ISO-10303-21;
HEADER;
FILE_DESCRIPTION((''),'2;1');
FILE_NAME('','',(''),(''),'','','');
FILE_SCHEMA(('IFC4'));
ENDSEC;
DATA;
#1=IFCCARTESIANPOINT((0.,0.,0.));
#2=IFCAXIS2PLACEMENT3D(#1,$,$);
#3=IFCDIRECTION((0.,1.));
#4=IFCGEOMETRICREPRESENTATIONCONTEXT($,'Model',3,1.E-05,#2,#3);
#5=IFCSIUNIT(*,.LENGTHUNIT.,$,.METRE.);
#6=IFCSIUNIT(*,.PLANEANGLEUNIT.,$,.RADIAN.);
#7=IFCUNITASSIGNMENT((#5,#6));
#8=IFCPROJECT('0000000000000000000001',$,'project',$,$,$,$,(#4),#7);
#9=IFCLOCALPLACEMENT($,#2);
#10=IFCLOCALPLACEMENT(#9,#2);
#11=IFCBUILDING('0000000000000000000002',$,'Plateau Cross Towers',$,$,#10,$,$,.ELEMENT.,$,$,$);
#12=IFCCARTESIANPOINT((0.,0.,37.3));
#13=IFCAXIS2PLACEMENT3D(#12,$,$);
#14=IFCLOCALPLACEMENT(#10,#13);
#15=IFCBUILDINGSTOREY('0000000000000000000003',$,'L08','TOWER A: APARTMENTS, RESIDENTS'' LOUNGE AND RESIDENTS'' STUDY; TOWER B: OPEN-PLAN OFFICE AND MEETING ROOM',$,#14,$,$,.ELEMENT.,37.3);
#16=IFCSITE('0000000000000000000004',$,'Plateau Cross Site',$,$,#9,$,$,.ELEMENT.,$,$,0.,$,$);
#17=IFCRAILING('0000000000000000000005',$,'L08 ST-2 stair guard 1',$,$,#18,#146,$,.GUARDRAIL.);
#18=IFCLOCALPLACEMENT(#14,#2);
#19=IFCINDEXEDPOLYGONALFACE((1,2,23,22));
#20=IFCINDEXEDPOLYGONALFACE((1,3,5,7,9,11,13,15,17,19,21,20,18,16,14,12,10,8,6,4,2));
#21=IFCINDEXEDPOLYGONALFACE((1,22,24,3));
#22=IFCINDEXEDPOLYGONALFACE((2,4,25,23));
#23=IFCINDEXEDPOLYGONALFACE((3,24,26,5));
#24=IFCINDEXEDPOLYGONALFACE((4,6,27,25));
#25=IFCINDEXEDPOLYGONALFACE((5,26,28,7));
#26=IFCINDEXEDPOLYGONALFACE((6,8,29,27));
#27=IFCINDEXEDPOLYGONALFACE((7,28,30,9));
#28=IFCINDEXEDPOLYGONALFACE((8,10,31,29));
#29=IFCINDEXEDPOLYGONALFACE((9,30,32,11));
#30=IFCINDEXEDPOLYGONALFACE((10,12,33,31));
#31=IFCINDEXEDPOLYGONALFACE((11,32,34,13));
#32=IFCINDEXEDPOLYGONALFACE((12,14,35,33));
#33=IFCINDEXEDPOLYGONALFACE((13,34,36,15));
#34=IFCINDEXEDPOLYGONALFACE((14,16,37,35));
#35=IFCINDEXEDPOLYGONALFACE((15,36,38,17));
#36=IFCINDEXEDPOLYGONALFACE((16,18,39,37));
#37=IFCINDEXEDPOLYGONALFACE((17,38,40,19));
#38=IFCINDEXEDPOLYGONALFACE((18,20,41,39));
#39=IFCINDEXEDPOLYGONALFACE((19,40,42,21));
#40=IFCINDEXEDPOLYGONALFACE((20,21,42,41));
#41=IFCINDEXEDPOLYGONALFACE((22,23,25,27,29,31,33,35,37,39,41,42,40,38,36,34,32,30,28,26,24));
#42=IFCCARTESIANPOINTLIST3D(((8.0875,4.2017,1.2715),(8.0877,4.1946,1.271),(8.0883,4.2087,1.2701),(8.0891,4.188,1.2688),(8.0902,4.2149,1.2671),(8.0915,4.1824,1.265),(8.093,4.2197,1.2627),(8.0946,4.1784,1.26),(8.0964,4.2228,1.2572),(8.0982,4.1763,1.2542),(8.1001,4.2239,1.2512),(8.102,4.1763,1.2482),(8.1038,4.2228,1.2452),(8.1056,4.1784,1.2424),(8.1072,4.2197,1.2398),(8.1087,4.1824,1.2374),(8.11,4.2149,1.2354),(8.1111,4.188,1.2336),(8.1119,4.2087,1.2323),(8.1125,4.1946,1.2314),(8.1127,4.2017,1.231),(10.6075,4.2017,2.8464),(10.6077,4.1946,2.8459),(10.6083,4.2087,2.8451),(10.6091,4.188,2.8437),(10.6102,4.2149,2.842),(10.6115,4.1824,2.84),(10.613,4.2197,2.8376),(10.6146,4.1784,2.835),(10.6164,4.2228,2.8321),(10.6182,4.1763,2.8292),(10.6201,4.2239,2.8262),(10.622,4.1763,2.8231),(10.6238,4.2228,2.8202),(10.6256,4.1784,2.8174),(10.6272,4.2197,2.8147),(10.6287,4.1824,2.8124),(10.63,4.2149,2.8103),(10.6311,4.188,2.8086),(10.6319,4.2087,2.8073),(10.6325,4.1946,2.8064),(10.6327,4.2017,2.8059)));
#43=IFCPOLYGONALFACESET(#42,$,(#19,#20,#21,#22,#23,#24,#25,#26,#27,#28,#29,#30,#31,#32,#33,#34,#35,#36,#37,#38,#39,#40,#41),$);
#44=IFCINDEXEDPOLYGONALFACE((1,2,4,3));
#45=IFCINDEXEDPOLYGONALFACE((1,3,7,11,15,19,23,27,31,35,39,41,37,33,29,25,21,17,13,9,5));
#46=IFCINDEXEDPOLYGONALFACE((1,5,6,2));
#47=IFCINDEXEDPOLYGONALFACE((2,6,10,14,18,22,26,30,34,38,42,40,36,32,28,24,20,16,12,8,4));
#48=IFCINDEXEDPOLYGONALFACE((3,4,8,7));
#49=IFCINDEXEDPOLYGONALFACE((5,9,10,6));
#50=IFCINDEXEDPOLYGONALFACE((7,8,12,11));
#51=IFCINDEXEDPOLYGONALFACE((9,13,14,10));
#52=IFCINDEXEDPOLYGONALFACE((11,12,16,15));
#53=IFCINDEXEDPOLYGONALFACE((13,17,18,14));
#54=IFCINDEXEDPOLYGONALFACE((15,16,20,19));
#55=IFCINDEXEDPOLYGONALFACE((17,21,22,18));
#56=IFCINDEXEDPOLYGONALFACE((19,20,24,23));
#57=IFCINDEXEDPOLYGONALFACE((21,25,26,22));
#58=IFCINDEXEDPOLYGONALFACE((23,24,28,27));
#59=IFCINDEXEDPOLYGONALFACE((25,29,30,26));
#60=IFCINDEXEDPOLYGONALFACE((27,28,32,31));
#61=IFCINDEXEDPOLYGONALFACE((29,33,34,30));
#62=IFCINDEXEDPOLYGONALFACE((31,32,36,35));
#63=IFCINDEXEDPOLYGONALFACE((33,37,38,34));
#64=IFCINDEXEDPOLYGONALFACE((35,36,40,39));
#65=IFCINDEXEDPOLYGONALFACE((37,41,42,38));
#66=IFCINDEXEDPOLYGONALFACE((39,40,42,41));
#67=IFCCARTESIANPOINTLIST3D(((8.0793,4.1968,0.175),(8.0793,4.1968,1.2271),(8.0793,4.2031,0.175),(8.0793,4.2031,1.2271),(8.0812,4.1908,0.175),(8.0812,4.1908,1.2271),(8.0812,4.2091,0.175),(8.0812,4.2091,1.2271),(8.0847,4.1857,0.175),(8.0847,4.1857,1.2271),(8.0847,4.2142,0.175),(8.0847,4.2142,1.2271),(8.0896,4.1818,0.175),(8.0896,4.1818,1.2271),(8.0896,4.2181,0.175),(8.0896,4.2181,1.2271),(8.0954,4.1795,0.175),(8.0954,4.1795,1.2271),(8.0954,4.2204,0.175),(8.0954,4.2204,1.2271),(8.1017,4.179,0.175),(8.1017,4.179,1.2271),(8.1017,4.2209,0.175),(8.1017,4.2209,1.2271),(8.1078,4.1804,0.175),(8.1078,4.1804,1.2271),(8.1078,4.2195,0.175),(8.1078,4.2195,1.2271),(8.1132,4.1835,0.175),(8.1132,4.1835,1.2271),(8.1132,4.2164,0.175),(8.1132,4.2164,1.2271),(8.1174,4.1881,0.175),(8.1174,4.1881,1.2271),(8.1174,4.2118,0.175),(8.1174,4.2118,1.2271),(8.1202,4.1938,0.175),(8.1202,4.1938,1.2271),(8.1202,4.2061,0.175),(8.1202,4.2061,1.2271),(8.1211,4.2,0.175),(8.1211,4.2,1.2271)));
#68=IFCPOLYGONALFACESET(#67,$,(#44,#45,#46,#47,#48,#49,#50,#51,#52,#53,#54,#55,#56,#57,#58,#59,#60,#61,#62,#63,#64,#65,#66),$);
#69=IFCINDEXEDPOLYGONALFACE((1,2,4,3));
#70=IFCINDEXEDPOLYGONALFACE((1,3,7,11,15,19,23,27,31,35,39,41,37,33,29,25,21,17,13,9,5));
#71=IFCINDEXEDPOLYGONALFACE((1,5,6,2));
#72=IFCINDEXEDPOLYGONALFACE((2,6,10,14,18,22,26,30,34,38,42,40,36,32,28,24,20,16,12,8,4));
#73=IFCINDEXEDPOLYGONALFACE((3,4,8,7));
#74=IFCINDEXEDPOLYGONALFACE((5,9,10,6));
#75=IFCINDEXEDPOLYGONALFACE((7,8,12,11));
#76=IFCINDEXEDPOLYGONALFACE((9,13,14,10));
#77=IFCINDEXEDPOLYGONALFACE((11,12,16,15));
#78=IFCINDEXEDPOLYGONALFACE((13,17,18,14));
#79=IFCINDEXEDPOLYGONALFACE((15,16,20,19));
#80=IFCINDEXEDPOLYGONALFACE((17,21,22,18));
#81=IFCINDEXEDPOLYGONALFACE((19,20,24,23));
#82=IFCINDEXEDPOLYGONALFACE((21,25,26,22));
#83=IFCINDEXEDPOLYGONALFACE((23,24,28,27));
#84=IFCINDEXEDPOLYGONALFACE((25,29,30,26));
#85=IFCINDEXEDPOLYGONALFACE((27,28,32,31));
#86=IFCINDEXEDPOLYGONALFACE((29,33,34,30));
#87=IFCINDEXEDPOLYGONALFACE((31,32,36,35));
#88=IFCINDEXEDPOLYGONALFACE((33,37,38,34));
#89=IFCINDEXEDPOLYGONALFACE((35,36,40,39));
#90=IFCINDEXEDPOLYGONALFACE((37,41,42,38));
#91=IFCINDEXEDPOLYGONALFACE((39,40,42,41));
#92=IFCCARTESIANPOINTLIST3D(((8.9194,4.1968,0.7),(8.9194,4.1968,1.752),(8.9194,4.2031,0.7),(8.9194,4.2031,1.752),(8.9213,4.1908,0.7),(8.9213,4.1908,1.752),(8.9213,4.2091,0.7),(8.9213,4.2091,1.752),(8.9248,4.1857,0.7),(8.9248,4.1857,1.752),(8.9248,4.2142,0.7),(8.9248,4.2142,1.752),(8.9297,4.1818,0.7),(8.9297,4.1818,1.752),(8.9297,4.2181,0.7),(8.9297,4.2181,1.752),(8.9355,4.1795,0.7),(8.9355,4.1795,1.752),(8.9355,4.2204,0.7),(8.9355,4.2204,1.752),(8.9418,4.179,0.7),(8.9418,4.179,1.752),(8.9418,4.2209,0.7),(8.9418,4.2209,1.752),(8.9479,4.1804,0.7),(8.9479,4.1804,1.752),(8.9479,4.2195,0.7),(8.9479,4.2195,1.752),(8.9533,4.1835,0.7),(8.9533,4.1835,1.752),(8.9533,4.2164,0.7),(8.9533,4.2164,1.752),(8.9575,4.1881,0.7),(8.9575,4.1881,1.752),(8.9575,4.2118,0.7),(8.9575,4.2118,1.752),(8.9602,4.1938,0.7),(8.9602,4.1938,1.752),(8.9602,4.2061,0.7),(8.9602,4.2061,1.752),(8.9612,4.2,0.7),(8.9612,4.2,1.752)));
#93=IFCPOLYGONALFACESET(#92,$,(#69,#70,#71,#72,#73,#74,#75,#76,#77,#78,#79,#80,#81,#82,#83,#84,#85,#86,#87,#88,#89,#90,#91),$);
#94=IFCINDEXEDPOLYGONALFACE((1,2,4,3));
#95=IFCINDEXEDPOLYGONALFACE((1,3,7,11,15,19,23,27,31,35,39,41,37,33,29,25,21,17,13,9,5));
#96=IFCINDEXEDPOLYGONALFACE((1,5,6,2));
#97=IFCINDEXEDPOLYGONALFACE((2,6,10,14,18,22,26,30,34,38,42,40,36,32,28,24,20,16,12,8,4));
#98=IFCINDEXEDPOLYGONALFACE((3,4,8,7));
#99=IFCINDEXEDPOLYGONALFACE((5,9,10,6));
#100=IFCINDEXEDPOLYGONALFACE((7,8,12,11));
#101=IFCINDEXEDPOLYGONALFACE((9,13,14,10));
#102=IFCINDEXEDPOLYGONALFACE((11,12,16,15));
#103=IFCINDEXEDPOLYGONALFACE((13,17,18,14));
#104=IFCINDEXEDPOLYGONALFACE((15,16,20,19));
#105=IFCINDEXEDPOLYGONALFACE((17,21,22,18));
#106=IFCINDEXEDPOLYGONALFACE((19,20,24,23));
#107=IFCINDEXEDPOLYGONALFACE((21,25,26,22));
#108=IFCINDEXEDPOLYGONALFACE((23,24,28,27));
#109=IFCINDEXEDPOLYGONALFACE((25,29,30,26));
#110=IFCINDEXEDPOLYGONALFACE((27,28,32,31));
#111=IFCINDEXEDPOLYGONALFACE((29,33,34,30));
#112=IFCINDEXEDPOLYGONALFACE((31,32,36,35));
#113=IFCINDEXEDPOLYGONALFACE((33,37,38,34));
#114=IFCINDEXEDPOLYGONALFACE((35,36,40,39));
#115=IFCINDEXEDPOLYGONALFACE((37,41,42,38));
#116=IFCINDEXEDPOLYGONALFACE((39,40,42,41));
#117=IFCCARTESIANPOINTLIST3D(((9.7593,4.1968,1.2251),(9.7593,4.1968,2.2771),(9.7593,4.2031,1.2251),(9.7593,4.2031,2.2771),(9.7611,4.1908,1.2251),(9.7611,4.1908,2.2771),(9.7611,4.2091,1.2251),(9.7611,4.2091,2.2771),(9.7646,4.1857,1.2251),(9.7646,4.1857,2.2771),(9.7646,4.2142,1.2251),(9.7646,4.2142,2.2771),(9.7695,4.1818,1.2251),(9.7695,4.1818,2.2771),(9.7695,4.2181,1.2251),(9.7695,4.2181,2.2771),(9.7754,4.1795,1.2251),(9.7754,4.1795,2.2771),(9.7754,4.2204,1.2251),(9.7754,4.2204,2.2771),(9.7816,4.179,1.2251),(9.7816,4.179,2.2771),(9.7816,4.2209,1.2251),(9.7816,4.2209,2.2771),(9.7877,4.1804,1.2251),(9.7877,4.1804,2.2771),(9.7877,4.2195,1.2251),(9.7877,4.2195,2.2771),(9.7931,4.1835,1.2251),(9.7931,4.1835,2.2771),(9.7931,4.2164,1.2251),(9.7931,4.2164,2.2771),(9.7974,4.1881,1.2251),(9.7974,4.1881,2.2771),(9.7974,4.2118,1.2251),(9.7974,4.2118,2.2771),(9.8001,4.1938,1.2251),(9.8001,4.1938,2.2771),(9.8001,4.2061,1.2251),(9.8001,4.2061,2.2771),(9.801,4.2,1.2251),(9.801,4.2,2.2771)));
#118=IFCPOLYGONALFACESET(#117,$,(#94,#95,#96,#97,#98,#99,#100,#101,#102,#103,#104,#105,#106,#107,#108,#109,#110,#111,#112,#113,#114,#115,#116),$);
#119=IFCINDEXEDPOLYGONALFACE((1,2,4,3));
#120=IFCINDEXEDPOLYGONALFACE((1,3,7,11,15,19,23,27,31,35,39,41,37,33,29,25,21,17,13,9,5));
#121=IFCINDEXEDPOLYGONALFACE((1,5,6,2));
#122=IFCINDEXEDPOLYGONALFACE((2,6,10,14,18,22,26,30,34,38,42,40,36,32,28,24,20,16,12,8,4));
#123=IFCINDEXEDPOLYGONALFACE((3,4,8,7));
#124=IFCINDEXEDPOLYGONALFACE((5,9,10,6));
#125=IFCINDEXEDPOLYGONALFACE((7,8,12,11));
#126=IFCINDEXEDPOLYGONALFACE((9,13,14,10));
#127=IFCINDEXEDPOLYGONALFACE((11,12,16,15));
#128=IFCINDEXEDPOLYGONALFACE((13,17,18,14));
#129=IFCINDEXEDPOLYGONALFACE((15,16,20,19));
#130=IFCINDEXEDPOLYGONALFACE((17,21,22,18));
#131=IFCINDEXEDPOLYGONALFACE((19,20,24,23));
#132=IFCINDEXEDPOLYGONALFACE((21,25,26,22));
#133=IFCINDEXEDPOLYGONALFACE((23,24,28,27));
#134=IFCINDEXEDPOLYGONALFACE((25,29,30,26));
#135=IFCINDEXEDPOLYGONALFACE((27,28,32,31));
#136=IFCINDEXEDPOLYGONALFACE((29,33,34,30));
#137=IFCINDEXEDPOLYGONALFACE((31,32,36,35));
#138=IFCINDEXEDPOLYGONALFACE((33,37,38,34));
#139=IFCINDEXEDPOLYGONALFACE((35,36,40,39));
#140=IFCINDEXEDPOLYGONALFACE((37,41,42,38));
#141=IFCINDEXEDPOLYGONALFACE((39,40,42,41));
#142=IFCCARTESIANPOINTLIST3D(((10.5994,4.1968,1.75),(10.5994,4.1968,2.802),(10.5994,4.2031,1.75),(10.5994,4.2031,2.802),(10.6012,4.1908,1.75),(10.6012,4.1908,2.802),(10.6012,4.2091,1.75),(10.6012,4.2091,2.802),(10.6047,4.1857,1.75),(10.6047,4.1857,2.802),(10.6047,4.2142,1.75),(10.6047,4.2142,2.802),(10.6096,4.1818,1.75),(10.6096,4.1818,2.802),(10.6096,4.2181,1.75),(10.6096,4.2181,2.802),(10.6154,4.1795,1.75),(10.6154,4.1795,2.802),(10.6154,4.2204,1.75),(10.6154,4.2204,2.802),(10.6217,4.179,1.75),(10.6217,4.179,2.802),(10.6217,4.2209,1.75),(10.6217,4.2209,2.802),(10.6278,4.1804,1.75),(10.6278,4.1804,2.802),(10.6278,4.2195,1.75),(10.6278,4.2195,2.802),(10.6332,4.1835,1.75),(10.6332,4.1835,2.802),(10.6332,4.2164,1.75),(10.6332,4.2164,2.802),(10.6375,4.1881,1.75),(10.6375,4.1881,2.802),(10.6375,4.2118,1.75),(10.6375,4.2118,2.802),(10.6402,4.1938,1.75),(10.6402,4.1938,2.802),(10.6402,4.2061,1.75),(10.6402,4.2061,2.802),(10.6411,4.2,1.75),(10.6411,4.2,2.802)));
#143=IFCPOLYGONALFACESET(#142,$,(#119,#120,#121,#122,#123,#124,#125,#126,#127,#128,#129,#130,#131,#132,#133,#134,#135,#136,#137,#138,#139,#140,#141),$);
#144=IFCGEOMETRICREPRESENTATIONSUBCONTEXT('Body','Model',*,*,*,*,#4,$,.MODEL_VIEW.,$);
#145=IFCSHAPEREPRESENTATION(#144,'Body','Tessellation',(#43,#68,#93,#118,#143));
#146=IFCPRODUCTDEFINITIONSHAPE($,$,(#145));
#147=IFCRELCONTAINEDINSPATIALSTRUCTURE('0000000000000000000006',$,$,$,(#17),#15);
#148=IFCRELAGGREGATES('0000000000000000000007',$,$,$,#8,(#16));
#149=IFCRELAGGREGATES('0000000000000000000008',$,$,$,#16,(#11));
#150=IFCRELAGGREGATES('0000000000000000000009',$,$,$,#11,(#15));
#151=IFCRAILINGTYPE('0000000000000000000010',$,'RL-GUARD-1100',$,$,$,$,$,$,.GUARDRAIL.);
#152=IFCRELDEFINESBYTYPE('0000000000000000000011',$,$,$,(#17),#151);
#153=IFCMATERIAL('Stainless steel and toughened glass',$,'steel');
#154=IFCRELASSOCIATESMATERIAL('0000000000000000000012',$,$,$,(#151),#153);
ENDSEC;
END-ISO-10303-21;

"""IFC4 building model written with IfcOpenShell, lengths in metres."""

from ifc_helpers import new_model, si_unit, direction, frame, origin, origin_2d, place, context, subcontext, project, spatial, circle, extrude, material, type_object, element, save


model = new_model("IFC4")

# Units and contexts
model_context = context("Model", 3, precision=1e-05, world=origin(), true_north=direction((0.0, 1.0)))
body_context = subcontext(model_context, "Body", "Model", "MODEL_VIEW")
ifc_project = project(units=[si_unit("LENGTHUNIT", "METRE"), si_unit("PLANEANGLEUNIT", "RADIAN")], contexts=[model_context])

# Site, building, storey
site_placement = place(None, origin())
site = spatial("IfcSite", under=ifc_project, at=site_placement, Name="Plateau Cross Site", CompositionType="ELEMENT", RefElevation=0.0)
building_placement = place(site_placement, origin())
building = spatial("IfcBuilding", under=site, at=building_placement, Name="Plateau Cross Towers", CompositionType="ELEMENT")
storey_placement = place(building_placement, frame((0.0, 0.0, 37.3)))
storey = spatial("IfcBuildingStorey", under=building, at=storey_placement, Name="L08", Description="TOWER A: APARTMENTS, RESIDENTS' LOUNGE AND RESIDENTS' STUDY; TOWER B: OPEN-PLAN OFFICE AND MEETING ROOM", CompositionType="ELEMENT", Elevation=37.3)

# Railing
ifc_material_1 = material(Name="Stainless steel and toughened glass", Category="steel")
railing_type_1 = type_object("IfcRailingType", Name="RL-GUARD-1100", PredefinedType="GUARDRAIL", material=ifc_material_1)
railing_1_placement = place(storey_placement, frame((8.1001, 4.2, 0.175)))
element("IfcRailing", 1, at=railing_1_placement, inside=storey, type_object=railing_type_1, Name="L08 ST-2 stair guard 1", PredefinedType="GUARDRAIL", context=body_context, shape_type="SweptSolid", body=[
    extrude(circle(Radius=0.0239, at=origin_2d()), frame((0.0, 0.0, 1.0762), z_axis=(0.848008, 0.0, 0.529984), x_axis=(0.0, 1.0, 0.0)), (0.0, 0.0, 1.0), 2.9717),
    extrude(circle(Radius=0.021, at=origin_2d()), origin(), (0.0, 0.0, 1.0), 1.052),
    extrude(circle(Radius=0.021, at=origin_2d()), frame((0.8401, 0.0, 0.5249)), (0.0, 0.0, 1.0), 1.052),
    extrude(circle(Radius=0.021, at=origin_2d()), frame((1.6799, 0.0, 1.05)), (0.0, 0.0, 1.0), 1.052),
    extrude(circle(Radius=0.021, at=origin_2d()), frame((2.52, 0.0, 1.575)), (0.0, 0.0, 1.0), 1.052),
])

save(model, "model.ifc")
